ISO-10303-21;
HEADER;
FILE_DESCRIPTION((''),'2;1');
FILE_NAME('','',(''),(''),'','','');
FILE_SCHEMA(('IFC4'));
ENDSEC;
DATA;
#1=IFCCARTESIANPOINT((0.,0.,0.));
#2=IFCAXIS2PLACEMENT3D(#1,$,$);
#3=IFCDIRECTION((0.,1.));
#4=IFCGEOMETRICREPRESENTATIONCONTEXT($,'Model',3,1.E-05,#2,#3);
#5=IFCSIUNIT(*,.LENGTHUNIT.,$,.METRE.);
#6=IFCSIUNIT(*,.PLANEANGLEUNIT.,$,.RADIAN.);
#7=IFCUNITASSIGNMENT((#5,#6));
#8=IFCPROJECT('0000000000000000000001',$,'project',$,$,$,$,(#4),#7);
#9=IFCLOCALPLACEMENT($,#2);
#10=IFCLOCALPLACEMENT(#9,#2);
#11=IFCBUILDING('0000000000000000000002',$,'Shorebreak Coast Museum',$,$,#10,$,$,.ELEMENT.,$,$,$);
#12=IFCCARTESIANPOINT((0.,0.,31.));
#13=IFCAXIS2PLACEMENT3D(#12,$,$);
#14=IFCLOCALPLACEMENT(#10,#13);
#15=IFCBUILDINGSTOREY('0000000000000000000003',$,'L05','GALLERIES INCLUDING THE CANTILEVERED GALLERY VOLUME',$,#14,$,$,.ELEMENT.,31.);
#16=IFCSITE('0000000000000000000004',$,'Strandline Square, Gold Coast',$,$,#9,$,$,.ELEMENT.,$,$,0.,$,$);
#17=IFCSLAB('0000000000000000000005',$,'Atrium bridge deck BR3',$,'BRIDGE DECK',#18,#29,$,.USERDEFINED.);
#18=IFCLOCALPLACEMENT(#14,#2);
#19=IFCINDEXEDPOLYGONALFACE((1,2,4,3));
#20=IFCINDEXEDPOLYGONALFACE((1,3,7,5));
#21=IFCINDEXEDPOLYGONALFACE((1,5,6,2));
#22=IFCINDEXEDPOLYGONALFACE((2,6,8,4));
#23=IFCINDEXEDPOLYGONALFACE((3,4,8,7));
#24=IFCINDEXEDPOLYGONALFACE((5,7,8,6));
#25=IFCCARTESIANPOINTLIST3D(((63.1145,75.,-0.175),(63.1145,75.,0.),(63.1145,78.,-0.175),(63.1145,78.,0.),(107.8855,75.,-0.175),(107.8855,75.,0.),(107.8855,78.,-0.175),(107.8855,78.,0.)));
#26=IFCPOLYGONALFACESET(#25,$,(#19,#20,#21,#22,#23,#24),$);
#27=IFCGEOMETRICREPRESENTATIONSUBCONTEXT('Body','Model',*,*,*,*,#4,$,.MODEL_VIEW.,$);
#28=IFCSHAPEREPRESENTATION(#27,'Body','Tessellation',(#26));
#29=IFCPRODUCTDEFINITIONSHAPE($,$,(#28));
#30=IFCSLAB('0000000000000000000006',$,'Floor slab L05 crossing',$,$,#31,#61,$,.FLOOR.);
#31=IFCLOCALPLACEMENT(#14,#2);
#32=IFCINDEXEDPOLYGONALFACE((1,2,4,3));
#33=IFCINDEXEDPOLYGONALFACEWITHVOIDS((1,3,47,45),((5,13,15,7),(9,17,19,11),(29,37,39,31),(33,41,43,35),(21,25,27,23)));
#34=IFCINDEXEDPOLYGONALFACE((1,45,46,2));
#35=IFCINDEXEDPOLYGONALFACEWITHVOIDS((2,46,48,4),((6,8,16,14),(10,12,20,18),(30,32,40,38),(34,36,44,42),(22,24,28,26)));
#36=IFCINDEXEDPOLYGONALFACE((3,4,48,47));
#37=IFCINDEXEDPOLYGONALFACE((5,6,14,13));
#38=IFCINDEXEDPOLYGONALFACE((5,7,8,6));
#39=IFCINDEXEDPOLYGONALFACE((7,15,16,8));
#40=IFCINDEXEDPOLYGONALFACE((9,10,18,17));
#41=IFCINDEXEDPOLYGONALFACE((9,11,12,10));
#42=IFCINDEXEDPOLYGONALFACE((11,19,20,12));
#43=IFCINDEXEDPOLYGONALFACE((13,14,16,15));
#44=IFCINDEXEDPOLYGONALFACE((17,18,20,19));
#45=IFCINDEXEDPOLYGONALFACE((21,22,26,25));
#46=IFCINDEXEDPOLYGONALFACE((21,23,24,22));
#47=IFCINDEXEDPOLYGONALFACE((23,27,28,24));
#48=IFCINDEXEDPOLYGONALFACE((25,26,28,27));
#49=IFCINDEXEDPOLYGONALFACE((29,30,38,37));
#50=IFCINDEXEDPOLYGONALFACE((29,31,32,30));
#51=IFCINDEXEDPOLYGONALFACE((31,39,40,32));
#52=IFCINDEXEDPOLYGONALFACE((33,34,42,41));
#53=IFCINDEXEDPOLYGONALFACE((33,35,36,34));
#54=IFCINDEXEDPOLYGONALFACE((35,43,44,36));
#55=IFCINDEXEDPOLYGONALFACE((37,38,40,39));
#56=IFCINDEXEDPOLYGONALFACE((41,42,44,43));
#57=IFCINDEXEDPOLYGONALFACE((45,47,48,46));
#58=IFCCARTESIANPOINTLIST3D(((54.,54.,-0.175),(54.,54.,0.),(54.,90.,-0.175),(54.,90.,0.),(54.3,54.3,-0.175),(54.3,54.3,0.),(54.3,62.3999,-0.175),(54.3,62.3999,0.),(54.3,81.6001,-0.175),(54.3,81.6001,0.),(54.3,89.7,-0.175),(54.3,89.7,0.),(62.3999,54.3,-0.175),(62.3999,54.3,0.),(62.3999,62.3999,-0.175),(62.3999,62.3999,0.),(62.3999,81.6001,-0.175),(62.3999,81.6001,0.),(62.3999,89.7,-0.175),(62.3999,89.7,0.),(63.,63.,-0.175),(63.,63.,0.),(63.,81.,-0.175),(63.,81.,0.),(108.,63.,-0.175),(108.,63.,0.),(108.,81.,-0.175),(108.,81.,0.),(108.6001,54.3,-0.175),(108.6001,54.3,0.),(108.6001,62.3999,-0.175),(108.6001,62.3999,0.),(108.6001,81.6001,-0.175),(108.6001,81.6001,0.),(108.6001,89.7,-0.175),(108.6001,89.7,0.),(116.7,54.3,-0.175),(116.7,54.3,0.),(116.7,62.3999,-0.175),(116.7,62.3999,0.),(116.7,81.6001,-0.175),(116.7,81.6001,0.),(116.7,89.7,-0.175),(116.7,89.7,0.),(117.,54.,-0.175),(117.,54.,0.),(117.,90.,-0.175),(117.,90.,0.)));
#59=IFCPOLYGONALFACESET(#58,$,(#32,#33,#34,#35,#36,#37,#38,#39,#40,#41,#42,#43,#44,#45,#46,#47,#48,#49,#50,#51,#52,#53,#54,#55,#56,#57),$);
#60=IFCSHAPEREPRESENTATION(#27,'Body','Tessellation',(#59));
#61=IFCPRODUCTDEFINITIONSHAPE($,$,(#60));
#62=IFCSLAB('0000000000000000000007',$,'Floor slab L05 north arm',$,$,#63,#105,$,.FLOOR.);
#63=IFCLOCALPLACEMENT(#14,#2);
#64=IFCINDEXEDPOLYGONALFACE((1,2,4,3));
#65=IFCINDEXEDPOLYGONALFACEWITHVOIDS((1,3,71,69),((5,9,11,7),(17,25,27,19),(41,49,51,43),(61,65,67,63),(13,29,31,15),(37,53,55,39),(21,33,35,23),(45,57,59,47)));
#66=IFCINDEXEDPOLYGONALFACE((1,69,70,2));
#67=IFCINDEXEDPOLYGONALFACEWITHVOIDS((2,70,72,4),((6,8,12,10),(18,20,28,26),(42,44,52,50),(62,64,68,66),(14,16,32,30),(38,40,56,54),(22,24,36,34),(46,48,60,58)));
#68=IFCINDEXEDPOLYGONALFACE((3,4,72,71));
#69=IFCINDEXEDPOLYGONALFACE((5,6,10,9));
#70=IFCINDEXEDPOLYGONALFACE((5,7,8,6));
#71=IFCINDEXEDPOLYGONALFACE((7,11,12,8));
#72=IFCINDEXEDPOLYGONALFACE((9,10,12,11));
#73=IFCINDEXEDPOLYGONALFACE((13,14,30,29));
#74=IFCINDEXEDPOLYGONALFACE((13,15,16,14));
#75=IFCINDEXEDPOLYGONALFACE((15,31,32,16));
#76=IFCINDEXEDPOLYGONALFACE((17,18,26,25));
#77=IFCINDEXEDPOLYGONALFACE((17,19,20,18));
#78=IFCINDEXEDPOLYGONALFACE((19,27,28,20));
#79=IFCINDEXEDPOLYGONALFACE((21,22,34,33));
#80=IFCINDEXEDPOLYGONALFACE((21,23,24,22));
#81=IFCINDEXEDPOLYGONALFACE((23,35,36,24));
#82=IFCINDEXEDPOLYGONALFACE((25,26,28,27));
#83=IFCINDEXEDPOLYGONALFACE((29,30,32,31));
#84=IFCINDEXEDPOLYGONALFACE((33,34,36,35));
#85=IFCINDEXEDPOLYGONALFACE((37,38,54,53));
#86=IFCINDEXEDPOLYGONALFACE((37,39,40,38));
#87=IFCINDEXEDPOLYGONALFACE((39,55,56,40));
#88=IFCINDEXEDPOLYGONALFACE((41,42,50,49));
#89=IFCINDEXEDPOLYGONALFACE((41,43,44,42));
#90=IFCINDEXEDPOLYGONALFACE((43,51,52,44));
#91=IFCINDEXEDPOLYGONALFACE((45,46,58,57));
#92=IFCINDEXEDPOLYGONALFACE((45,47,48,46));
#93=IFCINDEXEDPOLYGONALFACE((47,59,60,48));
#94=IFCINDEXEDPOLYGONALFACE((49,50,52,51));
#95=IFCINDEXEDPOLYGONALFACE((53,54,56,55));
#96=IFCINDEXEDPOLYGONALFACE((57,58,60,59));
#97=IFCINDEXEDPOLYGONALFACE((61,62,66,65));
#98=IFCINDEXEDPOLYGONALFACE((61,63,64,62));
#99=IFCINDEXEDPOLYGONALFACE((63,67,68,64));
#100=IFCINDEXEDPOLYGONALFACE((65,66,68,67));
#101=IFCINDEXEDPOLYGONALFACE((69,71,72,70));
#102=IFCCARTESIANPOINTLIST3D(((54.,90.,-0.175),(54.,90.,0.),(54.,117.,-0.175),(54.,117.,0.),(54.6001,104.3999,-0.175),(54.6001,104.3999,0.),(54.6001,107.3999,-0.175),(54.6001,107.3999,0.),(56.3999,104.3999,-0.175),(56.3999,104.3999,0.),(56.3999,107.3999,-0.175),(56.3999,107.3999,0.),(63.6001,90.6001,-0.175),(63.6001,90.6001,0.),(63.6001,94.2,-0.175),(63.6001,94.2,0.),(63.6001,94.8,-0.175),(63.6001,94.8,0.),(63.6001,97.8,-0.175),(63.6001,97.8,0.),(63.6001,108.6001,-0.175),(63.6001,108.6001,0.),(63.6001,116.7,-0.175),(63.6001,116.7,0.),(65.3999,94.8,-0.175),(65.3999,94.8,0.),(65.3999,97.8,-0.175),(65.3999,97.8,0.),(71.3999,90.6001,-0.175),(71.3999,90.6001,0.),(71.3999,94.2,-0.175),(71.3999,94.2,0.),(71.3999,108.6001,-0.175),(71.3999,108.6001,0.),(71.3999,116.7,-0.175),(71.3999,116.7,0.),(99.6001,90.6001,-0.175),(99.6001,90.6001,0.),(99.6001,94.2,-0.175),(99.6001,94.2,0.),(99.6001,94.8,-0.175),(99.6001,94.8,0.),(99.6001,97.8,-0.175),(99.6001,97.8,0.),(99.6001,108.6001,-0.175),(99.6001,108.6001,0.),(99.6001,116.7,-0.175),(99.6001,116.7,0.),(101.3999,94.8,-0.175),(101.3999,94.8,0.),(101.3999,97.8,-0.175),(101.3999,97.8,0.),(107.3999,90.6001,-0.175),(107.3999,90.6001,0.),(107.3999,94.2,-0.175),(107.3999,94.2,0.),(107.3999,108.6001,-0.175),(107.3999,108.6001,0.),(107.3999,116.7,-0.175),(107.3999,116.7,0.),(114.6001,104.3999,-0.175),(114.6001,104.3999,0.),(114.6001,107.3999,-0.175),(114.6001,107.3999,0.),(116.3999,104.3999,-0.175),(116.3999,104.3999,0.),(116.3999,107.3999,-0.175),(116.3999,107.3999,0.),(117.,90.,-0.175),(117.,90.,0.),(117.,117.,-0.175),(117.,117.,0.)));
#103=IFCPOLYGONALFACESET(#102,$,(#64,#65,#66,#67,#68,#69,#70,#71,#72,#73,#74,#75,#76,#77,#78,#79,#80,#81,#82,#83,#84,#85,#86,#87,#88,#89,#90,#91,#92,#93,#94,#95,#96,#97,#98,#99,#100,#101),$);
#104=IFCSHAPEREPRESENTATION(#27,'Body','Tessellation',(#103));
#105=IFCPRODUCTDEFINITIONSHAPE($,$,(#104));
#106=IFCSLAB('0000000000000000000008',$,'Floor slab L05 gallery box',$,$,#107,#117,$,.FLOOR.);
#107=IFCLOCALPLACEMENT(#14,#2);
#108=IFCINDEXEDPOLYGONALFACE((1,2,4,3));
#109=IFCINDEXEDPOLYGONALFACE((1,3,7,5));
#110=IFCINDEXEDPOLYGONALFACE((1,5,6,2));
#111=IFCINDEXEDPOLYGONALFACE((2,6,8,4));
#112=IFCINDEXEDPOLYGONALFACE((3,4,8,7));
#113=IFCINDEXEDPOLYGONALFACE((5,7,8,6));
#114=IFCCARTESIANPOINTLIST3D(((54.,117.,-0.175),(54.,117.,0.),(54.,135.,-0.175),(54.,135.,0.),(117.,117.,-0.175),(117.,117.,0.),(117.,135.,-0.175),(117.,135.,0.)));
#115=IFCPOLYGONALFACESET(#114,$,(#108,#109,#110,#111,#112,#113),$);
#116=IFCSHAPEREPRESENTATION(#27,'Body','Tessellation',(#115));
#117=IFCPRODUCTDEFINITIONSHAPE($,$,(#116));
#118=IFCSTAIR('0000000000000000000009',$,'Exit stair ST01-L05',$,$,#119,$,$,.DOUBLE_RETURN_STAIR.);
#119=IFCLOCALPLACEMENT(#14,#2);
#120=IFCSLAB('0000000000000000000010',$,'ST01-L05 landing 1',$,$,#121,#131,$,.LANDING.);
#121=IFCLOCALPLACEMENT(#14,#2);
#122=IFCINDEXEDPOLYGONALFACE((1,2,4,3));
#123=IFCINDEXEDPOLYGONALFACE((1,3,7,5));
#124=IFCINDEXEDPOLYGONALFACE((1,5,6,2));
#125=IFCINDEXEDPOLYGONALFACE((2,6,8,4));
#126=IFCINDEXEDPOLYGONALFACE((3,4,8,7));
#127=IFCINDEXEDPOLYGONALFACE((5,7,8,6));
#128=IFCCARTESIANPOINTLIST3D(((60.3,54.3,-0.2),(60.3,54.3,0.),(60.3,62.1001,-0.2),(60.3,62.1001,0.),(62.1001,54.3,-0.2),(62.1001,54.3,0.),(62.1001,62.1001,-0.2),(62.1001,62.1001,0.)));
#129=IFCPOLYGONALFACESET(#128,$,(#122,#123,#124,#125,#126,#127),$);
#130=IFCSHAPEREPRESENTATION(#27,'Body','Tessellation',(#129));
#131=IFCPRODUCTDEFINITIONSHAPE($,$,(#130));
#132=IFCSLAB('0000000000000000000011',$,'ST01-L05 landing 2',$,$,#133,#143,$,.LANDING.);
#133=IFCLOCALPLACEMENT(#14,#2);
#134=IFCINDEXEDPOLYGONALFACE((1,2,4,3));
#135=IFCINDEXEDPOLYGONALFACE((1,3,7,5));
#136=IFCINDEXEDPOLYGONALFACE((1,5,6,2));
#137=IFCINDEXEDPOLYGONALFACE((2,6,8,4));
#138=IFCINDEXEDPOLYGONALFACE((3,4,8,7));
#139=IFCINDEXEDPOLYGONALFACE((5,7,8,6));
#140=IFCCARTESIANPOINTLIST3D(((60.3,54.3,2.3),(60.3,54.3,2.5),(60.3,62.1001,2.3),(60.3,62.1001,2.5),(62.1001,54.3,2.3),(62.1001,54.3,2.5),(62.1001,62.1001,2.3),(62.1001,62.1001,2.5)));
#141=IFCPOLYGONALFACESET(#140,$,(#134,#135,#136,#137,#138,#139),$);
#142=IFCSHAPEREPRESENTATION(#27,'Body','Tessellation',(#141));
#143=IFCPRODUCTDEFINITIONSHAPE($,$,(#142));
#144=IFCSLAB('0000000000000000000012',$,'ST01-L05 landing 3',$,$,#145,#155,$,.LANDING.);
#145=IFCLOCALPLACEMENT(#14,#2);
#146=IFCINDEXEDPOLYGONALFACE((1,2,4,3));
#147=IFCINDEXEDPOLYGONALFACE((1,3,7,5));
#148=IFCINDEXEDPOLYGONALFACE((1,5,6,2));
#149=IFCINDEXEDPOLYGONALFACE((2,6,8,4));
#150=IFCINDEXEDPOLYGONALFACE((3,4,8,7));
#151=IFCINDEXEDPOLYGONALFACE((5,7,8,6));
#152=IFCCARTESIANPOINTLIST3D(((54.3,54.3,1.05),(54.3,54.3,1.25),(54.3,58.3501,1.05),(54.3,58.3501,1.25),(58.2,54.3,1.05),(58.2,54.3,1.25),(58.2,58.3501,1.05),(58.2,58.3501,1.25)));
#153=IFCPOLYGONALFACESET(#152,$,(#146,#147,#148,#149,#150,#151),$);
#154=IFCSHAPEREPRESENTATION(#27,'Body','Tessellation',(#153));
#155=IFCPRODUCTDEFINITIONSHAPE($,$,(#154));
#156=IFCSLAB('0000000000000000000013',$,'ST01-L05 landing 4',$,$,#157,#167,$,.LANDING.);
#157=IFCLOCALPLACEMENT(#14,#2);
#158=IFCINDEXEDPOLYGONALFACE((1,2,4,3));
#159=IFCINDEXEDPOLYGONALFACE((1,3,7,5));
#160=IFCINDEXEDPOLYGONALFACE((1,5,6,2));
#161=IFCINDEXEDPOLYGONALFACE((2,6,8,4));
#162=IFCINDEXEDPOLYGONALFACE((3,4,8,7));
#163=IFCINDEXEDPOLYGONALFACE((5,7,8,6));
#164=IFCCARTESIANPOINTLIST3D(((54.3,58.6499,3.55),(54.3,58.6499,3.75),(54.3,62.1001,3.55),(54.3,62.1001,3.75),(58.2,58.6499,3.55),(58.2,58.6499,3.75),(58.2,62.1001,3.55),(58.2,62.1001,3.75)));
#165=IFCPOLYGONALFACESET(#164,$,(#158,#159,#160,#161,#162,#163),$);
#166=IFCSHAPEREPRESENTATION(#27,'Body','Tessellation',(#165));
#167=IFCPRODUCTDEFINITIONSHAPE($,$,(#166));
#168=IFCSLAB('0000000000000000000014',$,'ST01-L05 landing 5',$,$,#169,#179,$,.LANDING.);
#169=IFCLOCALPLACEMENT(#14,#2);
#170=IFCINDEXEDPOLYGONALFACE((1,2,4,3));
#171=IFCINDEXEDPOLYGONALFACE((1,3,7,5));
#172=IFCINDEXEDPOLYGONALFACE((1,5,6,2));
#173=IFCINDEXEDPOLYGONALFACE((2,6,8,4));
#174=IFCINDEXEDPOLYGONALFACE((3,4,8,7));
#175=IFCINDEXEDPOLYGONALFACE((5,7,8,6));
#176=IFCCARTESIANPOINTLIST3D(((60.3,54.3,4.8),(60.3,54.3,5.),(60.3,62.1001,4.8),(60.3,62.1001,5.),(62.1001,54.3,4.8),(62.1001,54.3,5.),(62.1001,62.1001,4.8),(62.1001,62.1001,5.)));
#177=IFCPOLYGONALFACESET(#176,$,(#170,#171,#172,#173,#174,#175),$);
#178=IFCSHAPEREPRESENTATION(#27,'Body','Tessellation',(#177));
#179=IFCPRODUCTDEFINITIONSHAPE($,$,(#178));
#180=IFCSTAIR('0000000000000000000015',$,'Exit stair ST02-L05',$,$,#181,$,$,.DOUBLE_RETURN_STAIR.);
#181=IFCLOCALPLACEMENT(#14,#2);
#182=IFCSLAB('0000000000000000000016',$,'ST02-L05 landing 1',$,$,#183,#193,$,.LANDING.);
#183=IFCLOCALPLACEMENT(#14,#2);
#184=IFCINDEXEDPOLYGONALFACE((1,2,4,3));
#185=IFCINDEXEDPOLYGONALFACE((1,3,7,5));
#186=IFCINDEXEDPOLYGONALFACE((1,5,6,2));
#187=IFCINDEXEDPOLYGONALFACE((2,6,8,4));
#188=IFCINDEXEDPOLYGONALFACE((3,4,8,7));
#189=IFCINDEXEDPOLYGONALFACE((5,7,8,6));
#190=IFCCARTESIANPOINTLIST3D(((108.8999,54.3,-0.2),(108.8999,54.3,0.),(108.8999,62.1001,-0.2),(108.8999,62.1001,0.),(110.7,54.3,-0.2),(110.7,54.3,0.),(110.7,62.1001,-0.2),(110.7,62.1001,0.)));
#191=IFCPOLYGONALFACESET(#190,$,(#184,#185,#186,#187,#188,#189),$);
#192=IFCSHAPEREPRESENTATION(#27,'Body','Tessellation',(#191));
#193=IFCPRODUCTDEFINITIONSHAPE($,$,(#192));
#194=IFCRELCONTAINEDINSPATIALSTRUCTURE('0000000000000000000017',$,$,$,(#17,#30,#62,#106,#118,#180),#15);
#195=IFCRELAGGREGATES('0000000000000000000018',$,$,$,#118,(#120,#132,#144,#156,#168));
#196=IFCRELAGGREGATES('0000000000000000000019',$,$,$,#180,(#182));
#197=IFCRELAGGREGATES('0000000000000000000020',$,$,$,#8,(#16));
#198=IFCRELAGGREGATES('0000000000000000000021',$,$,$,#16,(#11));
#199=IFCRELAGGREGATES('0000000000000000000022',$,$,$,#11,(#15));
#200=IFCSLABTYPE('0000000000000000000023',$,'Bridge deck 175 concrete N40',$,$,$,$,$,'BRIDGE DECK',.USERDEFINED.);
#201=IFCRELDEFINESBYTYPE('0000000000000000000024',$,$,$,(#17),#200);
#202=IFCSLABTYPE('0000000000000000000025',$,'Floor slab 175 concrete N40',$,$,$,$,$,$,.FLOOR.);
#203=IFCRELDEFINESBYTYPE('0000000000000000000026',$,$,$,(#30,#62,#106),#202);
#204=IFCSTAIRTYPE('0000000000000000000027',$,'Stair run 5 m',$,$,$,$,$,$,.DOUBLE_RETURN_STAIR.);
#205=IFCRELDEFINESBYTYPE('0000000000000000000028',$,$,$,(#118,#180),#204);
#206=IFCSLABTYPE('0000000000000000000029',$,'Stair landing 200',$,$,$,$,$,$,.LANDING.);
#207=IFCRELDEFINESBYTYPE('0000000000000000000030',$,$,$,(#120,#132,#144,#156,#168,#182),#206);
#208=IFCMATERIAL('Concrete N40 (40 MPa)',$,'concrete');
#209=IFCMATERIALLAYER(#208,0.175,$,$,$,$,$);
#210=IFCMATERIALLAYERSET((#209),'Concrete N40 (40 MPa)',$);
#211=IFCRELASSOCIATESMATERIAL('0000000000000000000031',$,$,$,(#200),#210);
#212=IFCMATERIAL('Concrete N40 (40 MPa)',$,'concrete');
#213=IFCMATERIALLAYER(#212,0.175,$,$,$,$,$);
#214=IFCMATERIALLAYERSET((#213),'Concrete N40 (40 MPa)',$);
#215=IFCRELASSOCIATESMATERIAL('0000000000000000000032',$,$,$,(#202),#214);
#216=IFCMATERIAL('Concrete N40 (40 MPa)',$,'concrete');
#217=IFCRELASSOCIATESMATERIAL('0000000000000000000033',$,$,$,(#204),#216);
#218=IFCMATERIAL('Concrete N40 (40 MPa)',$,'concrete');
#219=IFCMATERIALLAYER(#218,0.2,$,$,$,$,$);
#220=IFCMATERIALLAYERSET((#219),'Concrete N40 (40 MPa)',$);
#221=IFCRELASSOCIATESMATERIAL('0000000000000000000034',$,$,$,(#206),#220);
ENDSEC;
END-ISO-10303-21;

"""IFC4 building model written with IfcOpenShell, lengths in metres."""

from ifc_helpers import new_model, si_unit, direction, frame, origin, place, context, subcontext, project, spatial, polyline, outline, extrude, material, layer, layer_set, type_object, element, aggregate, save


model = new_model("IFC4")

# Units and contexts
model_context = context("Model", 3, precision=1e-05, world=origin(), true_north=direction((0.0, 1.0)))
body_context = subcontext(model_context, "Body", "Model", "MODEL_VIEW")
ifc_project = project(units=[si_unit("LENGTHUNIT", "METRE"), si_unit("PLANEANGLEUNIT", "RADIAN")], contexts=[model_context])

# Site, building, storey
site_placement = place(None, origin())
site = spatial("IfcSite", under=ifc_project, at=site_placement, Name="Strandline Square, Gold Coast", CompositionType="ELEMENT", RefElevation=0.0)
building_placement = place(site_placement, origin())
building = spatial("IfcBuilding", under=site, at=building_placement, Name="Shorebreak Coast Museum", CompositionType="ELEMENT")
storey_placement = place(building_placement, frame((0.0, 0.0, 31.0)))
storey = spatial("IfcBuildingStorey", under=building, at=storey_placement, Name="L05", Description="GALLERIES INCLUDING THE CANTILEVERED GALLERY VOLUME", CompositionType="ELEMENT", Elevation=31.0)

# Slabs
ifc_material_1 = material(Name="Concrete N40 (40 MPa)", Category="concrete")
ifc_layer_1 = layer(ifc_material_1, 0.175)
ifc_layer_set_1 = layer_set([ifc_layer_1], Name="Concrete N40 (40 MPa)")
slab_type_1 = type_object("IfcSlabType", Name="Bridge deck 175 concrete N40", ElementType="BRIDGE DECK", PredefinedType="USERDEFINED", material=ifc_layer_set_1)
slab_1_placement = place(storey_placement, frame((0.0, 0.0, -0.175)))
element("IfcSlab", 1, at=slab_1_placement, inside=storey, type_object=slab_type_1, Name="Atrium bridge deck BR3", ObjectType="BRIDGE DECK", PredefinedType="USERDEFINED", context=body_context, shape_type="SweptSolid", body=[
    extrude(outline(polyline([(63.1145, 75.0), (107.8855, 75.0), (107.8855, 78.0), (63.1145, 78.0), (63.1145, 75.0)])), origin(), (0.0, 0.0, 1.0), 0.175),
])
ifc_material_2 = material(Name="Concrete N40 (40 MPa)", Category="concrete")
ifc_layer_2 = layer(ifc_material_2, 0.175)
ifc_layer_set_2 = layer_set([ifc_layer_2], Name="Concrete N40 (40 MPa)")
slab_type_2 = type_object("IfcSlabType", Name="Floor slab 175 concrete N40", PredefinedType="FLOOR", material=ifc_layer_set_2)
slab_2_placement = place(storey_placement, frame((0.0, 0.0, -0.175)))
element("IfcSlab", 2, at=slab_2_placement, inside=storey, type_object=slab_type_2, Name="Floor slab L05 crossing", PredefinedType="FLOOR", context=body_context, shape_type="SweptSolid", body=[
    extrude(outline(polyline([(54.0, 54.0), (117.0, 54.0), (117.0, 90.0), (54.0, 90.0), (54.0, 54.0)]), holes=[polyline([(108.0, 81.0), (108.0, 63.0), (63.0, 63.0), (63.0, 81.0), (108.0, 81.0)]), polyline([(62.3999, 54.3), (54.3, 54.3), (54.3, 62.3999), (62.3999, 62.3999), (62.3999, 54.3)]), polyline([(108.6001, 54.3), (108.6001, 62.3999), (116.7, 62.3999), (116.7, 54.3), (108.6001, 54.3)]), polyline([(54.3, 89.7), (62.3999, 89.7), (62.3999, 81.6001), (54.3, 81.6001), (54.3, 89.7)]), polyline([(116.7, 89.7), (116.7, 81.6001), (108.6001, 81.6001), (108.6001, 89.7), (116.7, 89.7)])]), origin(), (0.0, 0.0, 1.0), 0.175),
])
slab_3_placement = place(storey_placement, frame((0.0, 0.0, -0.175)))
element("IfcSlab", 3, at=slab_3_placement, inside=storey, type_object=slab_type_2, Name="Floor slab L05 north arm", PredefinedType="FLOOR", context=body_context, shape_type="SweptSolid", body=[
    extrude(outline(polyline([(117.0, 90.0), (117.0, 117.0), (54.0, 117.0), (54.0, 90.0), (117.0, 90.0)]), holes=[polyline([(107.3999, 90.6001), (99.6001, 90.6001), (99.6001, 94.2), (107.3999, 94.2), (107.3999, 90.6001)]), polyline([(63.6001, 90.6001), (63.6001, 94.2), (71.3999, 94.2), (71.3999, 90.6001), (63.6001, 90.6001)]), polyline([(99.6001, 97.8), (101.3999, 97.8), (101.3999, 94.8), (99.6001, 94.8), (99.6001, 97.8)]), polyline([(65.3999, 97.8), (65.3999, 94.8), (63.6001, 94.8), (63.6001, 97.8), (65.3999, 97.8)]), polyline([(56.3999, 104.3999), (54.6001, 104.3999), (54.6001, 107.3999), (56.3999, 107.3999), (56.3999, 104.3999)]), polyline([(114.6001, 104.3999), (114.6001, 107.3999), (116.3999, 107.3999), (116.3999, 104.3999), (114.6001, 104.3999)]), polyline([(63.6001, 116.7), (71.3999, 116.7), (71.3999, 108.6001), (63.6001, 108.6001), (63.6001, 116.7)]), polyline([(107.3999, 116.7), (107.3999, 108.6001), (99.6001, 108.6001), (99.6001, 116.7), (107.3999, 116.7)])]), origin(), (0.0, 0.0, 1.0), 0.175),
])
slab_4_placement = place(storey_placement, frame((0.0, 0.0, -0.175)))
element("IfcSlab", 4, at=slab_4_placement, inside=storey, type_object=slab_type_2, Name="Floor slab L05 gallery box", PredefinedType="FLOOR", context=body_context, shape_type="SweptSolid", body=[
    extrude(outline(polyline([(117.0, 117.0), (117.0, 135.0), (54.0, 135.0), (54.0, 117.0), (117.0, 117.0)])), origin(), (0.0, 0.0, 1.0), 0.175),
])

# Stairs, slabs
ifc_material_3 = material(Name="Concrete N40 (40 MPa)", Category="concrete")
stair_type = type_object("IfcStairType", Name="Stair run 5 m", PredefinedType="DOUBLE_RETURN_STAIR", material=ifc_material_3)
stair_1_placement = place(storey_placement, origin())
stair_1 = element("IfcStair", 5, at=stair_1_placement, inside=storey, type_object=stair_type, Name="Exit stair ST01-L05", PredefinedType="DOUBLE_RETURN_STAIR")
ifc_material_4 = material(Name="Concrete N40 (40 MPa)", Category="concrete")
ifc_layer_3 = layer(ifc_material_4, 0.2)
ifc_layer_set_3 = layer_set([ifc_layer_3], Name="Concrete N40 (40 MPa)")
slab_type_3 = type_object("IfcSlabType", Name="Stair landing 200", PredefinedType="LANDING", material=ifc_layer_set_3)
slab_5_placement = place(storey_placement, frame((0.0, 0.0, -0.2)))
slab_5 = element("IfcSlab", 6, at=slab_5_placement, type_object=slab_type_3, Name="ST01-L05 landing 1", PredefinedType="LANDING", context=body_context, shape_type="SweptSolid", body=[
    extrude(outline(polyline([(60.3, 54.3), (62.1001, 54.3), (62.1001, 62.1001), (60.3, 62.1001), (60.3, 54.3)])), origin(), (0.0, 0.0, 1.0), 0.2),
])
slab_6_placement = place(storey_placement, frame((0.0, 0.0, 2.3)))
slab_6 = element("IfcSlab", 7, at=slab_6_placement, type_object=slab_type_3, Name="ST01-L05 landing 2", PredefinedType="LANDING", context=body_context, shape_type="SweptSolid", body=[
    extrude(outline(polyline([(60.3, 54.3), (62.1001, 54.3), (62.1001, 62.1001), (60.3, 62.1001), (60.3, 54.3)])), origin(), (0.0, 0.0, 1.0), 0.2),
])
slab_7_placement = place(storey_placement, frame((0.0, 0.0, 1.05)))
slab_7 = element("IfcSlab", 8, at=slab_7_placement, type_object=slab_type_3, Name="ST01-L05 landing 3", PredefinedType="LANDING", context=body_context, shape_type="SweptSolid", body=[
    extrude(outline(polyline([(54.3, 54.3), (58.2, 54.3), (58.2, 58.3501), (54.3, 58.3501), (54.3, 54.3)])), origin(), (0.0, 0.0, 1.0), 0.2),
])
slab_8_placement = place(storey_placement, frame((0.0, 0.0, 3.55)))
slab_8 = element("IfcSlab", 9, at=slab_8_placement, type_object=slab_type_3, Name="ST01-L05 landing 4", PredefinedType="LANDING", context=body_context, shape_type="SweptSolid", body=[
    extrude(outline(polyline([(54.3, 58.6499), (58.2, 58.6499), (58.2, 62.1001), (54.3, 62.1001), (54.3, 58.6499)])), origin(), (0.0, 0.0, 1.0), 0.2),
])
slab_9_placement = place(storey_placement, frame((0.0, 0.0, 4.8)))
slab_9 = element("IfcSlab", 10, at=slab_9_placement, type_object=slab_type_3, Name="ST01-L05 landing 5", PredefinedType="LANDING", context=body_context, shape_type="SweptSolid", body=[
    extrude(outline(polyline([(60.3, 54.3), (62.1001, 54.3), (62.1001, 62.1001), (60.3, 62.1001), (60.3, 54.3)])), origin(), (0.0, 0.0, 1.0), 0.2),
])
aggregate(stair_1, [slab_5, slab_6, slab_7, slab_8, slab_9])
stair_2_placement = place(storey_placement, origin())
stair_2 = element("IfcStair", 11, at=stair_2_placement, inside=storey, type_object=stair_type, Name="Exit stair ST02-L05", PredefinedType="DOUBLE_RETURN_STAIR")
slab_10_placement = place(storey_placement, frame((0.0, 0.0, -0.2)))
slab_10 = element("IfcSlab", 12, at=slab_10_placement, type_object=slab_type_3, Name="ST02-L05 landing 1", PredefinedType="LANDING", context=body_context, shape_type="SweptSolid", body=[
    extrude(outline(polyline([(108.8999, 54.3), (110.7, 54.3), (110.7, 62.1001), (108.8999, 62.1001), (108.8999, 54.3)])), origin(), (0.0, 0.0, 1.0), 0.2),
])
aggregate(stair_2, [slab_10])

save(model, "model.ifc")
